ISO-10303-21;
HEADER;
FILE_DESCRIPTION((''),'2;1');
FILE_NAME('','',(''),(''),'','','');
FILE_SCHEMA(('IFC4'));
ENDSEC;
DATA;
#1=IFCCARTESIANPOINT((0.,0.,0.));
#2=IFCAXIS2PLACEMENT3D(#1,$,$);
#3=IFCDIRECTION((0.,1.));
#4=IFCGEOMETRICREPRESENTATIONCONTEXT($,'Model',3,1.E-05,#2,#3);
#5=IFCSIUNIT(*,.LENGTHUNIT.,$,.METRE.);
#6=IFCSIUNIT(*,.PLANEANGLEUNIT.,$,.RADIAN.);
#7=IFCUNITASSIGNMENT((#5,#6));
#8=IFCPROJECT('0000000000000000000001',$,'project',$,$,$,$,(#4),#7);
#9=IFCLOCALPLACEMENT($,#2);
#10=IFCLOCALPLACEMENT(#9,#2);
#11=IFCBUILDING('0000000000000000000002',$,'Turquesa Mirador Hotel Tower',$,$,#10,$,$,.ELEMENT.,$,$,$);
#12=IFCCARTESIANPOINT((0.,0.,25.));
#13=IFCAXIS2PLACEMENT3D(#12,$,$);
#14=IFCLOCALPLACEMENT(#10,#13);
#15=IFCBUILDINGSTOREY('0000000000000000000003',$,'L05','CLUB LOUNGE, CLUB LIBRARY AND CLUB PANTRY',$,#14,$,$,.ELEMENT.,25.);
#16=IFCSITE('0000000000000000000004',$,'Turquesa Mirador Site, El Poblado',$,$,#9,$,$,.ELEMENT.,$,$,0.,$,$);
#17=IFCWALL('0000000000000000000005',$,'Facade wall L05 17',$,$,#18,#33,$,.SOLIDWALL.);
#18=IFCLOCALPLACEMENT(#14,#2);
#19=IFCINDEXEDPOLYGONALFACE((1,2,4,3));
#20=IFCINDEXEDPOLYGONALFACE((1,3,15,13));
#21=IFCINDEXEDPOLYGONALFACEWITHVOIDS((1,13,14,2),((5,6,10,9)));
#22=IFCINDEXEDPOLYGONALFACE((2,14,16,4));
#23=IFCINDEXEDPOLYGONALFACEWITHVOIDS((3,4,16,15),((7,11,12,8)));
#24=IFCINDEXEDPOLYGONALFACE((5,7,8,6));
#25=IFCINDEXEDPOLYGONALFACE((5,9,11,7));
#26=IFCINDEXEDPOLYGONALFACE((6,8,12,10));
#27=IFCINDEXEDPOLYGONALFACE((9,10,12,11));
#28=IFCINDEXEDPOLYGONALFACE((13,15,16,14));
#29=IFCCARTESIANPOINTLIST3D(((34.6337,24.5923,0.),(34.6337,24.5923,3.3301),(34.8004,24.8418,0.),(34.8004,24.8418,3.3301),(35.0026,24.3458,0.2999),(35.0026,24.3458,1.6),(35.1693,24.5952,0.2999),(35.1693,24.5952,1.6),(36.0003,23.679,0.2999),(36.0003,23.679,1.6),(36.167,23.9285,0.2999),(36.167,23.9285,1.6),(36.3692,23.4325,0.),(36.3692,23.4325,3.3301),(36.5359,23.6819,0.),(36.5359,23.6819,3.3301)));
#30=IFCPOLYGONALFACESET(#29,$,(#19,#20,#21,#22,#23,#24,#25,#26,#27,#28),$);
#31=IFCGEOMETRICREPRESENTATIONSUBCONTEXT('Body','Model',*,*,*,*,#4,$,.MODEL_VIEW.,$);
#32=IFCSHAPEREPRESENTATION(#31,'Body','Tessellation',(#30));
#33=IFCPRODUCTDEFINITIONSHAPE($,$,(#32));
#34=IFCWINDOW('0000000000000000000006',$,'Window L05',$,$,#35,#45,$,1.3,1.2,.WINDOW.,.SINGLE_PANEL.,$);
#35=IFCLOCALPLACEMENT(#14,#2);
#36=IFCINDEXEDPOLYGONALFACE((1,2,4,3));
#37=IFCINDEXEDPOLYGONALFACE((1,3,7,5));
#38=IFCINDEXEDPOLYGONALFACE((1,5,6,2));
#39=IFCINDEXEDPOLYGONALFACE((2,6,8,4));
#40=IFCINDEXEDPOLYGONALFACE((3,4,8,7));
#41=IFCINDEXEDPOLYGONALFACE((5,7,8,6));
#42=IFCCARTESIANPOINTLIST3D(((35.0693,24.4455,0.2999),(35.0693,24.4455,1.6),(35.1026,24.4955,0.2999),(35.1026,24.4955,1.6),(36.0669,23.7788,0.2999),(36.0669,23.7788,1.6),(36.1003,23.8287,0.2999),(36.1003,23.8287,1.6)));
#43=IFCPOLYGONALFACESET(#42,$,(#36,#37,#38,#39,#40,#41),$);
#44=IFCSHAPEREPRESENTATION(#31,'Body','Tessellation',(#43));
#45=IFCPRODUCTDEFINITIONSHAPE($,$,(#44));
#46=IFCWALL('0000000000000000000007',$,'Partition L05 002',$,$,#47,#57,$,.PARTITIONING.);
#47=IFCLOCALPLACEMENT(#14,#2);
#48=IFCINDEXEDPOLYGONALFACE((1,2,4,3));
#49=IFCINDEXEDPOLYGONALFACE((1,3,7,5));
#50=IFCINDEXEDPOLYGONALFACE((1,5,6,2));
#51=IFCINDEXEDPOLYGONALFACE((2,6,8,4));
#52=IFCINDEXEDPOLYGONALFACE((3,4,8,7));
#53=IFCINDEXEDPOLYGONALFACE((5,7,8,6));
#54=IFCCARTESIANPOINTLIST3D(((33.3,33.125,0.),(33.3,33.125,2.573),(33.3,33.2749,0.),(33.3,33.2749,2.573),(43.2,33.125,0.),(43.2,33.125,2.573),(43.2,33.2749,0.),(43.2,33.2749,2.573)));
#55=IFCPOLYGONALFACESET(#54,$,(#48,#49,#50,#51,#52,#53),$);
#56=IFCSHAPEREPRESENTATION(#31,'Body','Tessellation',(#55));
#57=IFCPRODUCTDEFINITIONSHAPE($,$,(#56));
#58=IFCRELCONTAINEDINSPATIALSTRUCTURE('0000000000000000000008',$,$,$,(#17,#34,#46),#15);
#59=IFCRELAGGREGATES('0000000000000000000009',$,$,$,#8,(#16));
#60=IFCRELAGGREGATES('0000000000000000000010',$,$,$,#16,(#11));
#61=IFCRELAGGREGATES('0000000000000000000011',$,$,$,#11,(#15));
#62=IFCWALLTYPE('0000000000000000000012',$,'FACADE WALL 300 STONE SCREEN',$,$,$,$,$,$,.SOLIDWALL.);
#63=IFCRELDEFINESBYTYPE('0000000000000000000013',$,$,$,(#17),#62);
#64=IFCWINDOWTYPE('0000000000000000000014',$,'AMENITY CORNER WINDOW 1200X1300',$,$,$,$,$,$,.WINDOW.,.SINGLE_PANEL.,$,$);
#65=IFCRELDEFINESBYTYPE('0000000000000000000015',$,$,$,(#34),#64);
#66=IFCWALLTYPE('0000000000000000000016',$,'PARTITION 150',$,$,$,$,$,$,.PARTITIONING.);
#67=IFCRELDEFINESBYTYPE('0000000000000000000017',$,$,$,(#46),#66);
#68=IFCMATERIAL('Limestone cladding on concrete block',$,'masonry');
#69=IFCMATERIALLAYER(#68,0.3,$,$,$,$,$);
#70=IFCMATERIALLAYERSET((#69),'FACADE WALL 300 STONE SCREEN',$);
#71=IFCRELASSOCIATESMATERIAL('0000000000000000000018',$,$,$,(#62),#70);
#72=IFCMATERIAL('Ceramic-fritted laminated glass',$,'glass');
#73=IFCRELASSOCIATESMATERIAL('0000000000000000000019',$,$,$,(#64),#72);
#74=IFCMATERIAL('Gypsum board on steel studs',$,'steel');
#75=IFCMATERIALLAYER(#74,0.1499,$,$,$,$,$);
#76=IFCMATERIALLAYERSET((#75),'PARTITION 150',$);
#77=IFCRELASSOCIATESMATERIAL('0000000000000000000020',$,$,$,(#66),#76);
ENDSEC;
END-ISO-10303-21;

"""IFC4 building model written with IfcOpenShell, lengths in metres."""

from ifc_helpers import new_model, si_unit, direction, frame, frame_2d, origin, place, context, subcontext, project, spatial, rectangle, extrude, material, layer, layer_set, type_object, element, fill, save


model = new_model("IFC4")

# Units and contexts
model_context = context("Model", 3, precision=1e-05, world=origin(), true_north=direction((0.0, 1.0)))
body_context = subcontext(model_context, "Body", "Model", "MODEL_VIEW")
ifc_project = project(units=[si_unit("LENGTHUNIT", "METRE"), si_unit("PLANEANGLEUNIT", "RADIAN")], contexts=[model_context])

# Site, building, storey
site_placement = place(None, origin())
site = spatial("IfcSite", under=ifc_project, at=site_placement, Name="Turquesa Mirador Site, El Poblado", CompositionType="ELEMENT", RefElevation=0.0)
building_placement = place(site_placement, origin())
building = spatial("IfcBuilding", under=site, at=building_placement, Name="Turquesa Mirador Hotel Tower", CompositionType="ELEMENT")
storey_placement = place(building_placement, frame((0.0, 0.0, 25.0)))
storey = spatial("IfcBuildingStorey", under=building, at=storey_placement, Name="L05", Description="CLUB LOUNGE, CLUB LIBRARY AND CLUB PANTRY", CompositionType="ELEMENT", Elevation=25.0)

# Wall, opening, window
ifc_material_1 = material(Name="Limestone cladding on concrete block", Category="masonry")
ifc_layer_1 = layer(ifc_material_1, 0.3)
ifc_layer_set_1 = layer_set([ifc_layer_1], Name="FACADE WALL 300 STONE SCREEN")
wall_type_1 = type_object("IfcWallType", Name="FACADE WALL 300 STONE SCREEN", PredefinedType="SOLIDWALL", material=ifc_layer_set_1)
ifc_material_2 = material(Name="Ceramic-fritted laminated glass", Category="glass")
window_type_1 = type_object("IfcWindowType", Name="AMENITY CORNER WINDOW 1200X1300", PartitioningType="SINGLE_PANEL", PredefinedType="WINDOW", material=ifc_material_2)
wall_1_placement = place(storey_placement, frame((34.717, 24.717, 0.0), z_axis=(0.0, 0.0, 1.0), x_axis=(0.83142, -0.555644, 0.0)))
wall_1 = element("IfcWall", 1, at=wall_1_placement, inside=storey, type_object=wall_type_1, Name="Facade wall L05 17", PredefinedType="SOLIDWALL", context=body_context, shape_type="SweptSolid", body=[
    extrude(rectangle(XDim=2.0874, YDim=0.3, at=frame_2d((1.0437, 0.0))), origin(), (0.0, 0.0, 1.0), 3.3301),
])
opening_1_placement = place(wall_1_placement, frame((0.4436, 0.0, 0.3)))
opening_1 = element("IfcOpeningElement", 2, at=opening_1_placement, cuts=wall_1, PredefinedType="OPENING", context=body_context, shape_type="SweptSolid", body=[
    extrude(rectangle(XDim=1.2, YDim=1.3, at=frame_2d((0.6001, 0.6499))), frame((0.0, 0.1599, 0.0), z_axis=(0.0, -1.0, 0.0), x_axis=(1.0, 0.0, 0.0)), (0.0, 0.0, 1.0), 0.3201),
])
window_1_placement = place(opening_1_placement, origin())
window_1 = element("IfcWindow", 3, at=window_1_placement, inside=storey, type_object=window_type_1, Name="Window L05", OverallHeight=1.3, OverallWidth=1.2, PartitioningType="SINGLE_PANEL", PredefinedType="WINDOW", context=body_context, shape_type="SweptSolid", body=[
    extrude(rectangle(XDim=1.2, YDim=1.3, at=frame_2d((0.6001, 0.6499))), frame((0.0, 0.03, 0.0), z_axis=(0.0, -1.0, 0.0), x_axis=(1.0, 0.0, 0.0)), (0.0, 0.0, 1.0), 0.0601),
])
fill(opening_1, window_1)

# Wall
ifc_material_3 = material(Name="Gypsum board on steel studs", Category="steel")
ifc_layer_2 = layer(ifc_material_3, 0.1499)
ifc_layer_set_2 = layer_set([ifc_layer_2], Name="PARTITION 150")
wall_type_2 = type_object("IfcWallType", Name="PARTITION 150", PredefinedType="PARTITIONING", material=ifc_layer_set_2)
wall_2_placement = place(storey_placement, frame((33.3, 33.2, 0.0), z_axis=(0.0, 0.0, 1.0), x_axis=(1.0, 0.0, 0.0)))
element("IfcWall", 4, at=wall_2_placement, inside=storey, type_object=wall_type_2, Name="Partition L05 002", PredefinedType="PARTITIONING", context=body_context, shape_type="SweptSolid", body=[
    extrude(rectangle(XDim=9.8999, YDim=0.1499, at=frame_2d((4.95, 0.0))), origin(), (0.0, 0.0, 1.0), 2.573),
])

save(model, "model.ifc")
